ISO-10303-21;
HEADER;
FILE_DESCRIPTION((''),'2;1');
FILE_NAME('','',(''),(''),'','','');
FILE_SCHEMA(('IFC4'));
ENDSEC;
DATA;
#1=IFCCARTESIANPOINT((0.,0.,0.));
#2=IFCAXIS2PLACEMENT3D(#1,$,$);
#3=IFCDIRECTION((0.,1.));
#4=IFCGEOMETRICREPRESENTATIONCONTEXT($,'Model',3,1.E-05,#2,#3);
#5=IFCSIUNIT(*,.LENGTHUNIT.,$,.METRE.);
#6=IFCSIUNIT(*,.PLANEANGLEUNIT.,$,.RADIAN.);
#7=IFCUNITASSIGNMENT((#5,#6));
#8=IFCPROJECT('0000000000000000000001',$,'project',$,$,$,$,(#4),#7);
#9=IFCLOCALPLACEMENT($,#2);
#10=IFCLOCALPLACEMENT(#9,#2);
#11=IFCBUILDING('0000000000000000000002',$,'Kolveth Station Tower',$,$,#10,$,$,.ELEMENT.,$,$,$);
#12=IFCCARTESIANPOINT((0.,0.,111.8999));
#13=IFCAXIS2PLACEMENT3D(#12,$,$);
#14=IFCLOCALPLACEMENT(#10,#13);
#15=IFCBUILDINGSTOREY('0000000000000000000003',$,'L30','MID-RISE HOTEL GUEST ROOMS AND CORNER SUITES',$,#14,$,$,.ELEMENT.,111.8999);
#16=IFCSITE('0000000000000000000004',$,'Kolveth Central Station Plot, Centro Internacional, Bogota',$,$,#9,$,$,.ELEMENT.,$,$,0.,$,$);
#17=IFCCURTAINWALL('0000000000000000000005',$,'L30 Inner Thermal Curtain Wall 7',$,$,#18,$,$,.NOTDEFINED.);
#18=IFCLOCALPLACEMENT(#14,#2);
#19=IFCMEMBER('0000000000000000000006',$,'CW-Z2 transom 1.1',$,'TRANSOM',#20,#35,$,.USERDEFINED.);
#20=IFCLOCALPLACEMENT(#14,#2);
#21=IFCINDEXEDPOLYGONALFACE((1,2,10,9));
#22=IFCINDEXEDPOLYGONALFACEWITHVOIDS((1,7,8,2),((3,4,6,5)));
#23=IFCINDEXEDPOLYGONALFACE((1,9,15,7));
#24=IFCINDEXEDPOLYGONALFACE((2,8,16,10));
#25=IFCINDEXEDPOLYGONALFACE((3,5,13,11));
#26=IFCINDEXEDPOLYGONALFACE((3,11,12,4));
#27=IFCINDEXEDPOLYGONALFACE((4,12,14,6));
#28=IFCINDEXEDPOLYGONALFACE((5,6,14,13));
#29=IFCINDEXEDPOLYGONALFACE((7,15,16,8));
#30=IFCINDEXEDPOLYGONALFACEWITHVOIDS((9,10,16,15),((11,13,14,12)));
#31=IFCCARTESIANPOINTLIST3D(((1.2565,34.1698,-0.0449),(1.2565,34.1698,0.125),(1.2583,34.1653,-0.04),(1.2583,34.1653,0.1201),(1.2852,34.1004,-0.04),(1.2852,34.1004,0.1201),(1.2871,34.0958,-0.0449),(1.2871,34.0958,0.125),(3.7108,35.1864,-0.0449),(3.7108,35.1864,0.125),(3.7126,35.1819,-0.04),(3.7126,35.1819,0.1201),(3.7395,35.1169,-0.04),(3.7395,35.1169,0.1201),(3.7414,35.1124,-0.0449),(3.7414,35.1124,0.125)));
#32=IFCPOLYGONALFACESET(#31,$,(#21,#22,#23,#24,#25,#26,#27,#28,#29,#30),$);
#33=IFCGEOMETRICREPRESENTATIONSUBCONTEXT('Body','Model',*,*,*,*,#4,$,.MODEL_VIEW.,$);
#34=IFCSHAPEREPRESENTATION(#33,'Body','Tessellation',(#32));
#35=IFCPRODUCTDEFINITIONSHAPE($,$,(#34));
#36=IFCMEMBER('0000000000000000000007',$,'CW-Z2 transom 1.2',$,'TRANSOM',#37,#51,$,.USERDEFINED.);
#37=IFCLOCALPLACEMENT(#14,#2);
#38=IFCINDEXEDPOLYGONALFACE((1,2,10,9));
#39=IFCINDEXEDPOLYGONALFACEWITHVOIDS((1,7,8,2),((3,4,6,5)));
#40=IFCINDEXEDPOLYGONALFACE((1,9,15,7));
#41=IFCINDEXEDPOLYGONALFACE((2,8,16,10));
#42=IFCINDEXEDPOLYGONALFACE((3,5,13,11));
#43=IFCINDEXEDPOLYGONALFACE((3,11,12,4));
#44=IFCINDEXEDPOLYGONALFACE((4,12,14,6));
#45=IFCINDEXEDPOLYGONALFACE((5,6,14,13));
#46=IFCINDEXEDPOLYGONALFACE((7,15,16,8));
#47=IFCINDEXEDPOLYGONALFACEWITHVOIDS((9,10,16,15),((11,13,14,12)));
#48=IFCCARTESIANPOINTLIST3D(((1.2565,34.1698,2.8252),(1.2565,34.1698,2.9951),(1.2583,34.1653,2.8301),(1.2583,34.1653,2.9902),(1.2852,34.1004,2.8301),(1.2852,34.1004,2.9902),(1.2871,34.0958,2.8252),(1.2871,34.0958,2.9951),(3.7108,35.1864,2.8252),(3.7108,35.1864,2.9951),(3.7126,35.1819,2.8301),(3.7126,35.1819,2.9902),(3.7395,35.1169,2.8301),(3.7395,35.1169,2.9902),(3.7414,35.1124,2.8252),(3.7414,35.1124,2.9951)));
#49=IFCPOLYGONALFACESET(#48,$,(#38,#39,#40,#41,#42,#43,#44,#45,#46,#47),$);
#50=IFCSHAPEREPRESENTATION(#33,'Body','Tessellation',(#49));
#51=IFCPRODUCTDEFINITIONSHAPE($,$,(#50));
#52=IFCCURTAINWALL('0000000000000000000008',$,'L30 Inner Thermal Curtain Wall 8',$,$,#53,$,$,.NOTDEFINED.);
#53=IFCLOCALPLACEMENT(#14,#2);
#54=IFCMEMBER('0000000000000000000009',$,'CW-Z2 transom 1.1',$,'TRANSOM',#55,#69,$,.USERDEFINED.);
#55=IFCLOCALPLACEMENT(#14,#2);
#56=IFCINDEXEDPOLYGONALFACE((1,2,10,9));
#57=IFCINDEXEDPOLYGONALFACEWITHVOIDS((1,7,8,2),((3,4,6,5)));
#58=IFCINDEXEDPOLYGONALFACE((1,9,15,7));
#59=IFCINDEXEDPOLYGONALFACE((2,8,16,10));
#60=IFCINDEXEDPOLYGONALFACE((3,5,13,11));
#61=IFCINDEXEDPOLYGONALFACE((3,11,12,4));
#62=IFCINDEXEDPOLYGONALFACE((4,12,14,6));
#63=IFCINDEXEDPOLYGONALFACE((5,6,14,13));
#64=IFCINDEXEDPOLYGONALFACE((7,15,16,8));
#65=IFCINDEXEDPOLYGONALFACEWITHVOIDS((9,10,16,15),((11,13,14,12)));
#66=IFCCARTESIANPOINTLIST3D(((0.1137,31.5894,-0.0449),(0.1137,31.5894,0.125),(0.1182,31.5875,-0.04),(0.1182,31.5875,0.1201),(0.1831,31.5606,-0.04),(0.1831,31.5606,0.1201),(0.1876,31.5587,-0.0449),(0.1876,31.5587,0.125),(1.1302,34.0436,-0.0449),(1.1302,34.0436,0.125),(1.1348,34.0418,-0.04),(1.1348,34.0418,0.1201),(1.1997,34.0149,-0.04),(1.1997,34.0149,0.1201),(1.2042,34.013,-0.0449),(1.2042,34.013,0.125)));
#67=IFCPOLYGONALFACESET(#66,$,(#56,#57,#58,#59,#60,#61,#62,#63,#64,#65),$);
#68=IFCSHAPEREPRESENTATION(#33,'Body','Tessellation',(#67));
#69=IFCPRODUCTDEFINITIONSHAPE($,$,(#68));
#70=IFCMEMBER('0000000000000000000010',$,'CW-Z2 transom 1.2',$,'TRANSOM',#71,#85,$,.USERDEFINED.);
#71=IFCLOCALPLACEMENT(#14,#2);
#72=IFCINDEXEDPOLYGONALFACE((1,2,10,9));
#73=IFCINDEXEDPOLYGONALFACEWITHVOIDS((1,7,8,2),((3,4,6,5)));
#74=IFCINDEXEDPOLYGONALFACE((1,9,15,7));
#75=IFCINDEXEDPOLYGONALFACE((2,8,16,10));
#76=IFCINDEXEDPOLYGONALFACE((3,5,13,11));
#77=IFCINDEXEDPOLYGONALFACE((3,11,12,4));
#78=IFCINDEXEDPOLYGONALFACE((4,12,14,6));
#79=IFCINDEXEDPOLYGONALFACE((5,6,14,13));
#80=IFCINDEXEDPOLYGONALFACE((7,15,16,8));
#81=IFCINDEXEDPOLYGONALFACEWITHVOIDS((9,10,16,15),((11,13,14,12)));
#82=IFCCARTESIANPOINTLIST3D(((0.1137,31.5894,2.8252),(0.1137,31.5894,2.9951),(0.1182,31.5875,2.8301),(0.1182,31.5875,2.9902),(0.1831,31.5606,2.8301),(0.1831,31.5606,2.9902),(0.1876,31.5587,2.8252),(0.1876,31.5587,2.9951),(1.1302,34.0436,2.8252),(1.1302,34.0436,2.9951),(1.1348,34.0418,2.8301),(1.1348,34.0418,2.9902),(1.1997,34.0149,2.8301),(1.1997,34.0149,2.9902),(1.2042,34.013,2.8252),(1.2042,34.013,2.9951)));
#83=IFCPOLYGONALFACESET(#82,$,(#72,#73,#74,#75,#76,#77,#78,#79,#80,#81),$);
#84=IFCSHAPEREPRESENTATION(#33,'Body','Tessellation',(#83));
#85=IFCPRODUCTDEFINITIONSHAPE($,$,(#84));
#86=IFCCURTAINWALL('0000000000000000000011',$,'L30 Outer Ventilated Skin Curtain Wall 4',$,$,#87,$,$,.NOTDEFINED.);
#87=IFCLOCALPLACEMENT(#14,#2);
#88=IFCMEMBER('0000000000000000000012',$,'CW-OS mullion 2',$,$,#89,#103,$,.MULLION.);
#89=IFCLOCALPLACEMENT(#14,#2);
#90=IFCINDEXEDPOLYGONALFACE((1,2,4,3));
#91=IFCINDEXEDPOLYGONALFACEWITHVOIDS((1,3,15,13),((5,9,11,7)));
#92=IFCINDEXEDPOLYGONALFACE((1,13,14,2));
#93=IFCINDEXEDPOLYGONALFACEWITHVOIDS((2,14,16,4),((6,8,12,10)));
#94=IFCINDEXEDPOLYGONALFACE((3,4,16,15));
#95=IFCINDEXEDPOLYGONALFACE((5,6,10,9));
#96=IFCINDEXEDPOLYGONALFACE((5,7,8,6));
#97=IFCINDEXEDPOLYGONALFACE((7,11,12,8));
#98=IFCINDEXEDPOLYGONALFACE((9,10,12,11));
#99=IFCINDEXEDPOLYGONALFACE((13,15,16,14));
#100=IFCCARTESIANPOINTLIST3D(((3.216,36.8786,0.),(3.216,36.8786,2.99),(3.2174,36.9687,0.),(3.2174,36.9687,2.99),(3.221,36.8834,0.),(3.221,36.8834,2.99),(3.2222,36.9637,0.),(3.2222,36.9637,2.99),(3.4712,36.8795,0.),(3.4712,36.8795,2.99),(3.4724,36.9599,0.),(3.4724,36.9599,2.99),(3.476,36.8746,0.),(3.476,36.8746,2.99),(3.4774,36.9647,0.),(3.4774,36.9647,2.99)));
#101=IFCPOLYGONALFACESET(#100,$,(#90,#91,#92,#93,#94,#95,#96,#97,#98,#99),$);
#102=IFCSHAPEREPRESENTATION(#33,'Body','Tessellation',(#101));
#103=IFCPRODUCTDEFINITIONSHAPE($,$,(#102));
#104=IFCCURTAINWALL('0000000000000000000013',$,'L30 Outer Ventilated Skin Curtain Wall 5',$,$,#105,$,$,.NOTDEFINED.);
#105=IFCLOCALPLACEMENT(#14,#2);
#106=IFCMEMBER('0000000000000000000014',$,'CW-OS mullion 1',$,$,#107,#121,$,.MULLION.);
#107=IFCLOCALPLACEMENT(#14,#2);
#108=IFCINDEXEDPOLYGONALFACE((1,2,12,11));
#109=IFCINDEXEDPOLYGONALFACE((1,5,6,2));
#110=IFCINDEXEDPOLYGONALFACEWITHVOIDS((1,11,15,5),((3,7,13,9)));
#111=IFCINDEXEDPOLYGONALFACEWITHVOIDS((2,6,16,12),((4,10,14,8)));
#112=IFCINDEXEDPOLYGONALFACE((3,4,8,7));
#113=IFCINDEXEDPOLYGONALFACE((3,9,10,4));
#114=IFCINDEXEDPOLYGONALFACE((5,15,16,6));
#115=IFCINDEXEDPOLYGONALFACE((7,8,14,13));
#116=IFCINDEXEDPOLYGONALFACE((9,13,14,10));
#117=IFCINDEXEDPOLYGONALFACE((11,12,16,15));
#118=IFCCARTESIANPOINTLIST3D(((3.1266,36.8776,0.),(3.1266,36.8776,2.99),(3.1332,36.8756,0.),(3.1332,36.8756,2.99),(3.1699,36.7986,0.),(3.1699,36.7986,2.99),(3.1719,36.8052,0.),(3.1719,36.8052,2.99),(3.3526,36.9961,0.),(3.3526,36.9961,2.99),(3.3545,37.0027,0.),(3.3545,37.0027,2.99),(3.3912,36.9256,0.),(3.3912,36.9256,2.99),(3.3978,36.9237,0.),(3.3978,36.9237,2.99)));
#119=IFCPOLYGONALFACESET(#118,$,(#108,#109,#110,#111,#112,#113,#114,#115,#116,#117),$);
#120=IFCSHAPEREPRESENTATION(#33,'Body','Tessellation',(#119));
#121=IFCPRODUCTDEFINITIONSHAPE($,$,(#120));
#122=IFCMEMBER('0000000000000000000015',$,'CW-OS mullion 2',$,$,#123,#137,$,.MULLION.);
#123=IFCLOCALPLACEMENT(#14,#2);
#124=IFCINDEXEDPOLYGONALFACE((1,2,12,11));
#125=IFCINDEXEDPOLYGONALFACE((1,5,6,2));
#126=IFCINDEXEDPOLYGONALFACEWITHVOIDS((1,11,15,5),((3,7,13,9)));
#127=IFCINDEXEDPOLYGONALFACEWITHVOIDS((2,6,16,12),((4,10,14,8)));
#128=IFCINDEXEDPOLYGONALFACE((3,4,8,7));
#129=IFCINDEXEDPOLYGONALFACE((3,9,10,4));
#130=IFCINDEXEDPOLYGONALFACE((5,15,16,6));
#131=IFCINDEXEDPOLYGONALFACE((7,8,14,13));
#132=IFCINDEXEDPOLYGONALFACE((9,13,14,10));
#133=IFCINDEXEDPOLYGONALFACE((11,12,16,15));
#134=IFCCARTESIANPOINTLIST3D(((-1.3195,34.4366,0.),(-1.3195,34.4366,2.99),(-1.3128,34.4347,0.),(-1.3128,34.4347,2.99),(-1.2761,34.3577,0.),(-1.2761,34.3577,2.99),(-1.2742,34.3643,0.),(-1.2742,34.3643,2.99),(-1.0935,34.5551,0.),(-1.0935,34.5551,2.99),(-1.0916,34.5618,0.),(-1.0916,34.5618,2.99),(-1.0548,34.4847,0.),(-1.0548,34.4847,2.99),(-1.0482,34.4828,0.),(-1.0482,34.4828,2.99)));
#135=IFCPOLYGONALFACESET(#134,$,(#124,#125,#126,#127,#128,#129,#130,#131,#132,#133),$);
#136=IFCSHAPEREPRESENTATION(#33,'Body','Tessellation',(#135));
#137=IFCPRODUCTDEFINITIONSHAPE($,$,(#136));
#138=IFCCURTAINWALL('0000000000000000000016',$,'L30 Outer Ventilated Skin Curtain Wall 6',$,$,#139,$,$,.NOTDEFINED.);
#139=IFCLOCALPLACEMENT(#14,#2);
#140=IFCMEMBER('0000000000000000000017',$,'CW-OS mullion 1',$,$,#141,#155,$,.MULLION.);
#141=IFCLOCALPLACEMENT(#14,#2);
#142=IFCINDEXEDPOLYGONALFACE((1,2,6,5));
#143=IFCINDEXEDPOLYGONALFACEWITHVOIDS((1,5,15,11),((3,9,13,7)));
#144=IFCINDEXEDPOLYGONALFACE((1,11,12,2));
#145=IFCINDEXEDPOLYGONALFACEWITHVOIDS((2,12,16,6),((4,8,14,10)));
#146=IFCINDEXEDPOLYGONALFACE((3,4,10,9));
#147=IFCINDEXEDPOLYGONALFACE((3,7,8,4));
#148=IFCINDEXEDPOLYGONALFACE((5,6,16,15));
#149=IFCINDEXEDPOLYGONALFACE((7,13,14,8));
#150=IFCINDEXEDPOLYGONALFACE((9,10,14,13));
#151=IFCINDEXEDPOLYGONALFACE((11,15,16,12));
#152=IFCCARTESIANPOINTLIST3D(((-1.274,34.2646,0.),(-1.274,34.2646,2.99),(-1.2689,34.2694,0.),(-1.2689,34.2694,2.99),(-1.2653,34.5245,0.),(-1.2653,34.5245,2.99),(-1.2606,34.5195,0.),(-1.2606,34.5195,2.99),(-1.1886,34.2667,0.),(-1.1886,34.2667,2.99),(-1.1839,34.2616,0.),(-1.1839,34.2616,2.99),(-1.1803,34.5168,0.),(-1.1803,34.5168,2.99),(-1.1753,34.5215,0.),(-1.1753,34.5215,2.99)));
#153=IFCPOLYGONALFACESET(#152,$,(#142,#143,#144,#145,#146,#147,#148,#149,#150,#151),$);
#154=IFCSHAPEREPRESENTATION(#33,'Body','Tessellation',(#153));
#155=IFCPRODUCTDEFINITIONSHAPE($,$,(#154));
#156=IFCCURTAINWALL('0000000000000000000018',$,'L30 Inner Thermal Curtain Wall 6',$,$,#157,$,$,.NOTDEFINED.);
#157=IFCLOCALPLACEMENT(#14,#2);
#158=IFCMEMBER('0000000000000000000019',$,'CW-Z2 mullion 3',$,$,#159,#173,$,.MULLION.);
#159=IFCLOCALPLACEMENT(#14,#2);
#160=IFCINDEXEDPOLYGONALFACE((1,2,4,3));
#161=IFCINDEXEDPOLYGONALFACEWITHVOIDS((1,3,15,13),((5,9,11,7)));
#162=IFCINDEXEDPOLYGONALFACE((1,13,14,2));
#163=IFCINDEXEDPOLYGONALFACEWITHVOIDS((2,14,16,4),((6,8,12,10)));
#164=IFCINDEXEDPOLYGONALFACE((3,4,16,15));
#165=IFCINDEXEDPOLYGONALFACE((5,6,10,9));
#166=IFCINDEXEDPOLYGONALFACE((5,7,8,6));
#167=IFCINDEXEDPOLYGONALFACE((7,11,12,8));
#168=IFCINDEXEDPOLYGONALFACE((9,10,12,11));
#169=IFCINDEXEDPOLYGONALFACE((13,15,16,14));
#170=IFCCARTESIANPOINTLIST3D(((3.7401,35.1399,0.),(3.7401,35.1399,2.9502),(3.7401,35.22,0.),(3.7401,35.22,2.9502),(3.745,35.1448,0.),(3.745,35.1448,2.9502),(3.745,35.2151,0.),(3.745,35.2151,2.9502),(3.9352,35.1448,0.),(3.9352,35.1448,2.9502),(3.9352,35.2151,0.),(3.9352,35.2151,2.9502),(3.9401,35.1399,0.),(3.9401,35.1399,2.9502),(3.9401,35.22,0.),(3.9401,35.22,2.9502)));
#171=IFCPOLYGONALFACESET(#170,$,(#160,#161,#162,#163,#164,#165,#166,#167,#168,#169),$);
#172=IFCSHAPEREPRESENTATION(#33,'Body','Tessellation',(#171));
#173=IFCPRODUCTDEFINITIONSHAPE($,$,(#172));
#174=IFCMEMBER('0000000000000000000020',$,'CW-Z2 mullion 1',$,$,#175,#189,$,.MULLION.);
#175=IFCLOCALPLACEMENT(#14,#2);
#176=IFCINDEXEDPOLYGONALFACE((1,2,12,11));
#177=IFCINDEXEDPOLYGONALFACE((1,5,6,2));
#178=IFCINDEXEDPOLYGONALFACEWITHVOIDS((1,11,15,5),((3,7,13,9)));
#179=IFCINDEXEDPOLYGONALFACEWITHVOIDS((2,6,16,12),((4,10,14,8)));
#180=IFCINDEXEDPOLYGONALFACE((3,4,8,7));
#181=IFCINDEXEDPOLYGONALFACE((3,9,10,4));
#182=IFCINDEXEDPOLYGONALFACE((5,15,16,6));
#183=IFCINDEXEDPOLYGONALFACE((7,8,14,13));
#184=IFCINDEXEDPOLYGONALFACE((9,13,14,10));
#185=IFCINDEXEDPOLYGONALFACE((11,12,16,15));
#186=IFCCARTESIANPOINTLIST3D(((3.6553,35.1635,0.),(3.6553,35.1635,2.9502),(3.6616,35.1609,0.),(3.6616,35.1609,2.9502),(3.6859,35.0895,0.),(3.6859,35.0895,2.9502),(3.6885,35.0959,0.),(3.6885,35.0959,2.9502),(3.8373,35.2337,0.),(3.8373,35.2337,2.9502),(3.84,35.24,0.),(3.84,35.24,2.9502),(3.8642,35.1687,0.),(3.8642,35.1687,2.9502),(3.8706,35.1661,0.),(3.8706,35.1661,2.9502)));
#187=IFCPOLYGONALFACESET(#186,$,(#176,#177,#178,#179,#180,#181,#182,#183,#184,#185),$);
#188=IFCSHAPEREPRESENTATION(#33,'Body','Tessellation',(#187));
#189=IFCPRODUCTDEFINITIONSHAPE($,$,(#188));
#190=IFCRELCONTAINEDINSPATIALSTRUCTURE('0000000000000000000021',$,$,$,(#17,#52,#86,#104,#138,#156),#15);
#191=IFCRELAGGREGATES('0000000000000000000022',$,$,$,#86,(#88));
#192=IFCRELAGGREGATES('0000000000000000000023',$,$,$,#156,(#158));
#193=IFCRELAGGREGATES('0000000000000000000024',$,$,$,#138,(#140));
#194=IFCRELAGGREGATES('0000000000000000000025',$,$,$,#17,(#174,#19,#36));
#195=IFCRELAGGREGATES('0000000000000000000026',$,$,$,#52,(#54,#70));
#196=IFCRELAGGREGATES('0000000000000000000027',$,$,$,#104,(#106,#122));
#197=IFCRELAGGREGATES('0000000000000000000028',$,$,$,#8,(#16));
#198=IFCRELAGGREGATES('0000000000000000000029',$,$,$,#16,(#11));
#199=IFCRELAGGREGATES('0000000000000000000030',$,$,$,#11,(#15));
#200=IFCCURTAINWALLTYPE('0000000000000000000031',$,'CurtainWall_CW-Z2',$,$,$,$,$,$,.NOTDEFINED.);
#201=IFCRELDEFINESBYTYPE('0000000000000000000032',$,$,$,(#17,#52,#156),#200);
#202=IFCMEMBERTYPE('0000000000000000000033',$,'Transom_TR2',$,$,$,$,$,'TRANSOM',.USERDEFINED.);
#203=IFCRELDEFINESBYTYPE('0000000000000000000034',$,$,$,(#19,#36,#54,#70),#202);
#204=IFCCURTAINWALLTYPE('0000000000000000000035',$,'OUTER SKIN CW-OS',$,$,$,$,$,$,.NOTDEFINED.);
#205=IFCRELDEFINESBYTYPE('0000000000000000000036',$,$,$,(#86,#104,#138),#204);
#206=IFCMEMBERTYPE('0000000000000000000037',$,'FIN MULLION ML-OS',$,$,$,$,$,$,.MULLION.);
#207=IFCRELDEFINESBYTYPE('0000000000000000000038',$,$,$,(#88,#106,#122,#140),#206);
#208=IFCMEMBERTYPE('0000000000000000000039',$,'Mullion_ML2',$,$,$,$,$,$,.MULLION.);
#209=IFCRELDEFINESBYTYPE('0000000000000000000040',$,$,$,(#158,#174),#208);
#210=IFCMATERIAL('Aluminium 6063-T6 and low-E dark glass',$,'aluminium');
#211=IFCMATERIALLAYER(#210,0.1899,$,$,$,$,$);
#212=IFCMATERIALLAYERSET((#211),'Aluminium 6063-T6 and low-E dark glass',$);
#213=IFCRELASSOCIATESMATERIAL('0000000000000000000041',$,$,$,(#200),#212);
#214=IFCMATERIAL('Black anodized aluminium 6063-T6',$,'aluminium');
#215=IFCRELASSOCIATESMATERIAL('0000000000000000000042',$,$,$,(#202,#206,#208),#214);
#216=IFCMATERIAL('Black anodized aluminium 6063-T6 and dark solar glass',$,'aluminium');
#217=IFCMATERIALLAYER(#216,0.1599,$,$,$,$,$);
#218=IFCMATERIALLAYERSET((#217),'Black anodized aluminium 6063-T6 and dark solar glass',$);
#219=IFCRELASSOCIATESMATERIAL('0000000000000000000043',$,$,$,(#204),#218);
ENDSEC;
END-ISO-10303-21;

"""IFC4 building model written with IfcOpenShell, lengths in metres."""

from ifc_helpers import new_model, si_unit, direction, frame, origin, origin_2d, place, context, subcontext, project, spatial, hollow_rectangle, extrude, source, transform, mapped, material, layer, layer_set, material_profile, profile_set, type_object, element, aggregate, save


model = new_model("IFC4")

# Units and contexts
model_context = context("Model", 3, precision=1e-05, world=origin(), true_north=direction((0.0, 1.0)))
body_context = subcontext(model_context, "Body", "Model", "MODEL_VIEW")
ifc_project = project(units=[si_unit("LENGTHUNIT", "METRE"), si_unit("PLANEANGLEUNIT", "RADIAN")], contexts=[model_context])

# Site, building, storey
site_placement = place(None, origin())
site = spatial("IfcSite", under=ifc_project, at=site_placement, Name="Kolveth Central Station Plot, Centro Internacional, Bogota", CompositionType="ELEMENT", RefElevation=0.0)
building_placement = place(site_placement, origin())
building = spatial("IfcBuilding", under=site, at=building_placement, Name="Kolveth Station Tower", CompositionType="ELEMENT")
storey_placement = place(building_placement, frame((0.0, 0.0, 111.8999)))
storey = spatial("IfcBuildingStorey", under=building, at=storey_placement, Name="L30", Description="MID-RISE HOTEL GUEST ROOMS AND CORNER SUITES", CompositionType="ELEMENT", Elevation=111.8999)

# Curtain walls, members
ifc_material_1 = material(Name="Aluminium 6063-T6 and low-E dark glass", Category="aluminium")
ifc_layer_1 = layer(ifc_material_1, 0.1899)
ifc_layer_set_1 = layer_set([ifc_layer_1], Name="Aluminium 6063-T6 and low-E dark glass")
curtain_wall_type_1 = type_object("IfcCurtainWallType", Name="CurtainWall_CW-Z2", PredefinedType="NOTDEFINED", material=ifc_layer_set_1)
curtain_wall_1_placement = place(storey_placement, origin())
curtain_wall_1 = element("IfcCurtainWall", 1, at=curtain_wall_1_placement, inside=storey, type_object=curtain_wall_type_1, Name="L30 Inner Thermal Curtain Wall 7", PredefinedType="NOTDEFINED")
ifc_material_2 = material(Name="Black anodized aluminium 6063-T6", Category="aluminium")
ifc_material_profile_1 = material_profile(ifc_material_2, hollow_rectangle(XDim=0.0801, YDim=0.1699, WallThickness=0.0049, at=origin_2d()), Name="ALU-80x170x5")
ifc_profile_set_1 = profile_set([ifc_material_profile_1], Name="Black anodized aluminium 6063-T6")
member_type_1 = type_object("IfcMemberType", Name="Transom_TR2", ElementType="TRANSOM", PredefinedType="USERDEFINED", material=ifc_profile_set_1)
shared_shape_1 = source(origin(), body_context, "Body", "SweptSolid", [
    extrude(hollow_rectangle(XDim=0.0801, YDim=0.1699, WallThickness=0.0049, at=origin_2d()), origin(), (0.0, 0.0, 1.0), 2.6565),
])
member_1_placement = place(storey_placement, frame((3.7261, 35.1494, 0.04), z_axis=(-0.923882, -0.382676, 0.0), x_axis=(0.382676, -0.923882, 0.0)))
member_1 = element("IfcMember", 2, at=member_1_placement, type_object=member_type_1, Name="CW-Z2 transom 1.1", ObjectType="TRANSOM", PredefinedType="USERDEFINED", context=body_context, shape_type="MappedRepresentation", body=[
    mapped(shared_shape_1, transform((0.0, 0.0, 0.0), x_axis=(1.0, 0.0, 0.0), y_axis=(0.0, 1.0, 0.0), z_axis=(0.0, 0.0, 1.0), scale=1.0)),
])
member_2_placement = place(storey_placement, frame((3.7261, 35.1494, 2.9102), z_axis=(-0.923882, -0.382676, 0.0), x_axis=(0.382676, -0.923882, 0.0)))
member_2 = element("IfcMember", 3, at=member_2_placement, type_object=member_type_1, Name="CW-Z2 transom 1.2", ObjectType="TRANSOM", PredefinedType="USERDEFINED", context=body_context, shape_type="MappedRepresentation", body=[
    mapped(shared_shape_1, transform((0.0, 0.0, 0.0), x_axis=(1.0, 0.0, 0.0), y_axis=(0.0, 1.0, 0.0), z_axis=(0.0, 0.0, 1.0), scale=1.0)),
])
curtain_wall_2_placement = place(storey_placement, origin())
curtain_wall_2 = element("IfcCurtainWall", 4, at=curtain_wall_2_placement, inside=storey, type_object=curtain_wall_type_1, Name="L30 Inner Thermal Curtain Wall 8", PredefinedType="NOTDEFINED")
member_3_placement = place(storey_placement, frame((1.1672, 34.0283, 0.04), z_axis=(-0.382676, -0.923882, 0.0), x_axis=(0.923882, -0.382676, 0.0)))
member_3 = element("IfcMember", 5, at=member_3_placement, type_object=member_type_1, Name="CW-Z2 transom 1.1", ObjectType="TRANSOM", PredefinedType="USERDEFINED", context=body_context, shape_type="MappedRepresentation", body=[
    mapped(shared_shape_1, transform((0.0, 0.0, 0.0), x_axis=(1.0, 0.0, 0.0), y_axis=(0.0, 1.0, 0.0), z_axis=(0.0, 0.0, 1.0), scale=1.0)),
])
member_4_placement = place(storey_placement, frame((1.1672, 34.0283, 2.9102), z_axis=(-0.382676, -0.923882, 0.0), x_axis=(0.923882, -0.382676, 0.0)))
member_4 = element("IfcMember", 6, at=member_4_placement, type_object=member_type_1, Name="CW-Z2 transom 1.2", ObjectType="TRANSOM", PredefinedType="USERDEFINED", context=body_context, shape_type="MappedRepresentation", body=[
    mapped(shared_shape_1, transform((0.0, 0.0, 0.0), x_axis=(1.0, 0.0, 0.0), y_axis=(0.0, 1.0, 0.0), z_axis=(0.0, 0.0, 1.0), scale=1.0)),
])

# Curtain wall, member
ifc_material_3 = material(Name="Black anodized aluminium 6063-T6 and dark solar glass", Category="aluminium")
ifc_layer_2 = layer(ifc_material_3, 0.1599)
ifc_layer_set_2 = layer_set([ifc_layer_2], Name="Black anodized aluminium 6063-T6 and dark solar glass")
curtain_wall_type_2 = type_object("IfcCurtainWallType", Name="OUTER SKIN CW-OS", PredefinedType="NOTDEFINED", material=ifc_layer_set_2)
curtain_wall_3_placement = place(storey_placement, origin())
curtain_wall_3 = element("IfcCurtainWall", 7, at=curtain_wall_3_placement, inside=storey, type_object=curtain_wall_type_2, Name="L30 Outer Ventilated Skin Curtain Wall 4", PredefinedType="NOTDEFINED")
ifc_material_profile_2 = material_profile(ifc_material_2, hollow_rectangle(XDim=0.0901, YDim=0.26, WallThickness=0.0049, at=origin_2d()), Name="ALU-90x260x5")
ifc_profile_set_2 = profile_set([ifc_material_profile_2], Name="Black anodized aluminium 6063-T6")
member_type_2 = type_object("IfcMemberType", Name="FIN MULLION ML-OS", PredefinedType="MULLION", material=ifc_profile_set_2)
shared_shape_2 = source(origin(), body_context, "Body", "SweptSolid", [
    extrude(hollow_rectangle(XDim=0.0901, YDim=0.26, WallThickness=0.0049, at=origin_2d()), origin(), (0.0, 0.0, 1.0), 2.99),
])
member_5_placement = place(storey_placement, frame((3.3467, 36.9216, 0.0), z_axis=(0.0, 0.0, 1.0), x_axis=(-0.015457, -0.999881, 0.0)))
member_5 = element("IfcMember", 8, at=member_5_placement, type_object=member_type_2, Name="CW-OS mullion 2", PredefinedType="MULLION", context=body_context, shape_type="MappedRepresentation", body=[
    mapped(shared_shape_2, transform((0.0, 0.0, 0.0), x_axis=(1.0, 0.0, 0.0), y_axis=(0.0, 1.0, 0.0), z_axis=(0.0, 0.0, 1.0), scale=1.0)),
])
aggregate(curtain_wall_3, [member_5])

# Curtain wall, members
curtain_wall_4_placement = place(storey_placement, origin())
curtain_wall_4 = element("IfcCurtainWall", 9, at=curtain_wall_4_placement, inside=storey, type_object=curtain_wall_type_2, Name="L30 Outer Ventilated Skin Curtain Wall 5", PredefinedType="NOTDEFINED")
member_6_placement = place(storey_placement, frame((3.2622, 36.9006, 0.0), z_axis=(0.0, 0.0, 1.0), x_axis=(0.481265, -0.876575, 0.0)))
member_6 = element("IfcMember", 10, at=member_6_placement, type_object=member_type_2, Name="CW-OS mullion 1", PredefinedType="MULLION", context=body_context, shape_type="MappedRepresentation", body=[
    mapped(shared_shape_2, transform((0.0, 0.0, 0.0), x_axis=(1.0, 0.0, 0.0), y_axis=(0.0, 1.0, 0.0), z_axis=(0.0, 0.0, 1.0), scale=1.0)),
])
member_7_placement = place(storey_placement, frame((-1.1838, 34.4597, 0.0), z_axis=(0.0, 0.0, 1.0), x_axis=(0.481265, -0.876575, 0.0)))
member_7 = element("IfcMember", 11, at=member_7_placement, type_object=member_type_2, Name="CW-OS mullion 2", PredefinedType="MULLION", context=body_context, shape_type="MappedRepresentation", body=[
    mapped(shared_shape_2, transform((0.0, 0.0, 0.0), x_axis=(1.0, 0.0, 0.0), y_axis=(0.0, 1.0, 0.0), z_axis=(0.0, 0.0, 1.0), scale=1.0)),
])

# Curtain walls, members
curtain_wall_5_placement = place(storey_placement, origin())
curtain_wall_5 = element("IfcCurtainWall", 12, at=curtain_wall_5_placement, inside=storey, type_object=curtain_wall_type_2, Name="L30 Outer Ventilated Skin Curtain Wall 6", PredefinedType="NOTDEFINED")
member_8_placement = place(storey_placement, frame((-1.2246, 34.3931, 0.0), z_axis=(0.0, 0.0, 1.0), x_axis=(0.999444, -0.033333, 0.0)))
member_8 = element("IfcMember", 13, at=member_8_placement, type_object=member_type_2, Name="CW-OS mullion 1", PredefinedType="MULLION", context=body_context, shape_type="MappedRepresentation", body=[
    mapped(shared_shape_2, transform((0.0, 0.0, 0.0), x_axis=(1.0, 0.0, 0.0), y_axis=(0.0, 1.0, 0.0), z_axis=(0.0, 0.0, 1.0), scale=1.0)),
])
curtain_wall_6_placement = place(storey_placement, origin())
curtain_wall_6 = element("IfcCurtainWall", 14, at=curtain_wall_6_placement, inside=storey, type_object=curtain_wall_type_1, Name="L30 Inner Thermal Curtain Wall 6", PredefinedType="NOTDEFINED")
ifc_material_profile_3 = material_profile(ifc_material_2, hollow_rectangle(XDim=0.0801, YDim=0.2, WallThickness=0.0049, at=origin_2d()), Name="ALU-80x200x5")
ifc_profile_set_3 = profile_set([ifc_material_profile_3], Name="Black anodized aluminium 6063-T6")
member_type_3 = type_object("IfcMemberType", Name="Mullion_ML2", PredefinedType="MULLION", material=ifc_profile_set_3)
shared_shape_3 = source(origin(), body_context, "Body", "SweptSolid", [
    extrude(hollow_rectangle(XDim=0.0801, YDim=0.2, WallThickness=0.0049, at=origin_2d()), origin(), (0.0, 0.0, 1.0), 2.9502),
])
member_9_placement = place(storey_placement, frame((3.8401, 35.1799, 0.0), z_axis=(0.0, 0.0, 1.0), x_axis=(0.0, -1.0, 0.0)))
member_9 = element("IfcMember", 15, at=member_9_placement, type_object=member_type_3, Name="CW-Z2 mullion 3", PredefinedType="MULLION", context=body_context, shape_type="MappedRepresentation", body=[
    mapped(shared_shape_3, transform((0.0, 0.0, 0.0), x_axis=(1.0, 0.0, 0.0), y_axis=(0.0, 1.0, 0.0), z_axis=(0.0, 0.0, 1.0), scale=1.0)),
])
aggregate(curtain_wall_6, [member_9])

# Member
member_10_placement = place(storey_placement, frame((3.7629, 35.1648, 0.0), z_axis=(0.0, 0.0, 1.0), x_axis=(0.382663, -0.923888, 0.0)))
member_10 = element("IfcMember", 16, at=member_10_placement, type_object=member_type_3, Name="CW-Z2 mullion 1", PredefinedType="MULLION", context=body_context, shape_type="MappedRepresentation", body=[
    mapped(shared_shape_3, transform((0.0, 0.0, 0.0), x_axis=(1.0, 0.0, 0.0), y_axis=(0.0, 1.0, 0.0), z_axis=(0.0, 0.0, 1.0), scale=1.0)),
])
aggregate(curtain_wall_5, [member_8])

aggregate(curtain_wall_1, [member_10, member_1, member_2])
aggregate(curtain_wall_2, [member_3, member_4])
aggregate(curtain_wall_4, [member_6, member_7])

save(model, "model.ifc")
